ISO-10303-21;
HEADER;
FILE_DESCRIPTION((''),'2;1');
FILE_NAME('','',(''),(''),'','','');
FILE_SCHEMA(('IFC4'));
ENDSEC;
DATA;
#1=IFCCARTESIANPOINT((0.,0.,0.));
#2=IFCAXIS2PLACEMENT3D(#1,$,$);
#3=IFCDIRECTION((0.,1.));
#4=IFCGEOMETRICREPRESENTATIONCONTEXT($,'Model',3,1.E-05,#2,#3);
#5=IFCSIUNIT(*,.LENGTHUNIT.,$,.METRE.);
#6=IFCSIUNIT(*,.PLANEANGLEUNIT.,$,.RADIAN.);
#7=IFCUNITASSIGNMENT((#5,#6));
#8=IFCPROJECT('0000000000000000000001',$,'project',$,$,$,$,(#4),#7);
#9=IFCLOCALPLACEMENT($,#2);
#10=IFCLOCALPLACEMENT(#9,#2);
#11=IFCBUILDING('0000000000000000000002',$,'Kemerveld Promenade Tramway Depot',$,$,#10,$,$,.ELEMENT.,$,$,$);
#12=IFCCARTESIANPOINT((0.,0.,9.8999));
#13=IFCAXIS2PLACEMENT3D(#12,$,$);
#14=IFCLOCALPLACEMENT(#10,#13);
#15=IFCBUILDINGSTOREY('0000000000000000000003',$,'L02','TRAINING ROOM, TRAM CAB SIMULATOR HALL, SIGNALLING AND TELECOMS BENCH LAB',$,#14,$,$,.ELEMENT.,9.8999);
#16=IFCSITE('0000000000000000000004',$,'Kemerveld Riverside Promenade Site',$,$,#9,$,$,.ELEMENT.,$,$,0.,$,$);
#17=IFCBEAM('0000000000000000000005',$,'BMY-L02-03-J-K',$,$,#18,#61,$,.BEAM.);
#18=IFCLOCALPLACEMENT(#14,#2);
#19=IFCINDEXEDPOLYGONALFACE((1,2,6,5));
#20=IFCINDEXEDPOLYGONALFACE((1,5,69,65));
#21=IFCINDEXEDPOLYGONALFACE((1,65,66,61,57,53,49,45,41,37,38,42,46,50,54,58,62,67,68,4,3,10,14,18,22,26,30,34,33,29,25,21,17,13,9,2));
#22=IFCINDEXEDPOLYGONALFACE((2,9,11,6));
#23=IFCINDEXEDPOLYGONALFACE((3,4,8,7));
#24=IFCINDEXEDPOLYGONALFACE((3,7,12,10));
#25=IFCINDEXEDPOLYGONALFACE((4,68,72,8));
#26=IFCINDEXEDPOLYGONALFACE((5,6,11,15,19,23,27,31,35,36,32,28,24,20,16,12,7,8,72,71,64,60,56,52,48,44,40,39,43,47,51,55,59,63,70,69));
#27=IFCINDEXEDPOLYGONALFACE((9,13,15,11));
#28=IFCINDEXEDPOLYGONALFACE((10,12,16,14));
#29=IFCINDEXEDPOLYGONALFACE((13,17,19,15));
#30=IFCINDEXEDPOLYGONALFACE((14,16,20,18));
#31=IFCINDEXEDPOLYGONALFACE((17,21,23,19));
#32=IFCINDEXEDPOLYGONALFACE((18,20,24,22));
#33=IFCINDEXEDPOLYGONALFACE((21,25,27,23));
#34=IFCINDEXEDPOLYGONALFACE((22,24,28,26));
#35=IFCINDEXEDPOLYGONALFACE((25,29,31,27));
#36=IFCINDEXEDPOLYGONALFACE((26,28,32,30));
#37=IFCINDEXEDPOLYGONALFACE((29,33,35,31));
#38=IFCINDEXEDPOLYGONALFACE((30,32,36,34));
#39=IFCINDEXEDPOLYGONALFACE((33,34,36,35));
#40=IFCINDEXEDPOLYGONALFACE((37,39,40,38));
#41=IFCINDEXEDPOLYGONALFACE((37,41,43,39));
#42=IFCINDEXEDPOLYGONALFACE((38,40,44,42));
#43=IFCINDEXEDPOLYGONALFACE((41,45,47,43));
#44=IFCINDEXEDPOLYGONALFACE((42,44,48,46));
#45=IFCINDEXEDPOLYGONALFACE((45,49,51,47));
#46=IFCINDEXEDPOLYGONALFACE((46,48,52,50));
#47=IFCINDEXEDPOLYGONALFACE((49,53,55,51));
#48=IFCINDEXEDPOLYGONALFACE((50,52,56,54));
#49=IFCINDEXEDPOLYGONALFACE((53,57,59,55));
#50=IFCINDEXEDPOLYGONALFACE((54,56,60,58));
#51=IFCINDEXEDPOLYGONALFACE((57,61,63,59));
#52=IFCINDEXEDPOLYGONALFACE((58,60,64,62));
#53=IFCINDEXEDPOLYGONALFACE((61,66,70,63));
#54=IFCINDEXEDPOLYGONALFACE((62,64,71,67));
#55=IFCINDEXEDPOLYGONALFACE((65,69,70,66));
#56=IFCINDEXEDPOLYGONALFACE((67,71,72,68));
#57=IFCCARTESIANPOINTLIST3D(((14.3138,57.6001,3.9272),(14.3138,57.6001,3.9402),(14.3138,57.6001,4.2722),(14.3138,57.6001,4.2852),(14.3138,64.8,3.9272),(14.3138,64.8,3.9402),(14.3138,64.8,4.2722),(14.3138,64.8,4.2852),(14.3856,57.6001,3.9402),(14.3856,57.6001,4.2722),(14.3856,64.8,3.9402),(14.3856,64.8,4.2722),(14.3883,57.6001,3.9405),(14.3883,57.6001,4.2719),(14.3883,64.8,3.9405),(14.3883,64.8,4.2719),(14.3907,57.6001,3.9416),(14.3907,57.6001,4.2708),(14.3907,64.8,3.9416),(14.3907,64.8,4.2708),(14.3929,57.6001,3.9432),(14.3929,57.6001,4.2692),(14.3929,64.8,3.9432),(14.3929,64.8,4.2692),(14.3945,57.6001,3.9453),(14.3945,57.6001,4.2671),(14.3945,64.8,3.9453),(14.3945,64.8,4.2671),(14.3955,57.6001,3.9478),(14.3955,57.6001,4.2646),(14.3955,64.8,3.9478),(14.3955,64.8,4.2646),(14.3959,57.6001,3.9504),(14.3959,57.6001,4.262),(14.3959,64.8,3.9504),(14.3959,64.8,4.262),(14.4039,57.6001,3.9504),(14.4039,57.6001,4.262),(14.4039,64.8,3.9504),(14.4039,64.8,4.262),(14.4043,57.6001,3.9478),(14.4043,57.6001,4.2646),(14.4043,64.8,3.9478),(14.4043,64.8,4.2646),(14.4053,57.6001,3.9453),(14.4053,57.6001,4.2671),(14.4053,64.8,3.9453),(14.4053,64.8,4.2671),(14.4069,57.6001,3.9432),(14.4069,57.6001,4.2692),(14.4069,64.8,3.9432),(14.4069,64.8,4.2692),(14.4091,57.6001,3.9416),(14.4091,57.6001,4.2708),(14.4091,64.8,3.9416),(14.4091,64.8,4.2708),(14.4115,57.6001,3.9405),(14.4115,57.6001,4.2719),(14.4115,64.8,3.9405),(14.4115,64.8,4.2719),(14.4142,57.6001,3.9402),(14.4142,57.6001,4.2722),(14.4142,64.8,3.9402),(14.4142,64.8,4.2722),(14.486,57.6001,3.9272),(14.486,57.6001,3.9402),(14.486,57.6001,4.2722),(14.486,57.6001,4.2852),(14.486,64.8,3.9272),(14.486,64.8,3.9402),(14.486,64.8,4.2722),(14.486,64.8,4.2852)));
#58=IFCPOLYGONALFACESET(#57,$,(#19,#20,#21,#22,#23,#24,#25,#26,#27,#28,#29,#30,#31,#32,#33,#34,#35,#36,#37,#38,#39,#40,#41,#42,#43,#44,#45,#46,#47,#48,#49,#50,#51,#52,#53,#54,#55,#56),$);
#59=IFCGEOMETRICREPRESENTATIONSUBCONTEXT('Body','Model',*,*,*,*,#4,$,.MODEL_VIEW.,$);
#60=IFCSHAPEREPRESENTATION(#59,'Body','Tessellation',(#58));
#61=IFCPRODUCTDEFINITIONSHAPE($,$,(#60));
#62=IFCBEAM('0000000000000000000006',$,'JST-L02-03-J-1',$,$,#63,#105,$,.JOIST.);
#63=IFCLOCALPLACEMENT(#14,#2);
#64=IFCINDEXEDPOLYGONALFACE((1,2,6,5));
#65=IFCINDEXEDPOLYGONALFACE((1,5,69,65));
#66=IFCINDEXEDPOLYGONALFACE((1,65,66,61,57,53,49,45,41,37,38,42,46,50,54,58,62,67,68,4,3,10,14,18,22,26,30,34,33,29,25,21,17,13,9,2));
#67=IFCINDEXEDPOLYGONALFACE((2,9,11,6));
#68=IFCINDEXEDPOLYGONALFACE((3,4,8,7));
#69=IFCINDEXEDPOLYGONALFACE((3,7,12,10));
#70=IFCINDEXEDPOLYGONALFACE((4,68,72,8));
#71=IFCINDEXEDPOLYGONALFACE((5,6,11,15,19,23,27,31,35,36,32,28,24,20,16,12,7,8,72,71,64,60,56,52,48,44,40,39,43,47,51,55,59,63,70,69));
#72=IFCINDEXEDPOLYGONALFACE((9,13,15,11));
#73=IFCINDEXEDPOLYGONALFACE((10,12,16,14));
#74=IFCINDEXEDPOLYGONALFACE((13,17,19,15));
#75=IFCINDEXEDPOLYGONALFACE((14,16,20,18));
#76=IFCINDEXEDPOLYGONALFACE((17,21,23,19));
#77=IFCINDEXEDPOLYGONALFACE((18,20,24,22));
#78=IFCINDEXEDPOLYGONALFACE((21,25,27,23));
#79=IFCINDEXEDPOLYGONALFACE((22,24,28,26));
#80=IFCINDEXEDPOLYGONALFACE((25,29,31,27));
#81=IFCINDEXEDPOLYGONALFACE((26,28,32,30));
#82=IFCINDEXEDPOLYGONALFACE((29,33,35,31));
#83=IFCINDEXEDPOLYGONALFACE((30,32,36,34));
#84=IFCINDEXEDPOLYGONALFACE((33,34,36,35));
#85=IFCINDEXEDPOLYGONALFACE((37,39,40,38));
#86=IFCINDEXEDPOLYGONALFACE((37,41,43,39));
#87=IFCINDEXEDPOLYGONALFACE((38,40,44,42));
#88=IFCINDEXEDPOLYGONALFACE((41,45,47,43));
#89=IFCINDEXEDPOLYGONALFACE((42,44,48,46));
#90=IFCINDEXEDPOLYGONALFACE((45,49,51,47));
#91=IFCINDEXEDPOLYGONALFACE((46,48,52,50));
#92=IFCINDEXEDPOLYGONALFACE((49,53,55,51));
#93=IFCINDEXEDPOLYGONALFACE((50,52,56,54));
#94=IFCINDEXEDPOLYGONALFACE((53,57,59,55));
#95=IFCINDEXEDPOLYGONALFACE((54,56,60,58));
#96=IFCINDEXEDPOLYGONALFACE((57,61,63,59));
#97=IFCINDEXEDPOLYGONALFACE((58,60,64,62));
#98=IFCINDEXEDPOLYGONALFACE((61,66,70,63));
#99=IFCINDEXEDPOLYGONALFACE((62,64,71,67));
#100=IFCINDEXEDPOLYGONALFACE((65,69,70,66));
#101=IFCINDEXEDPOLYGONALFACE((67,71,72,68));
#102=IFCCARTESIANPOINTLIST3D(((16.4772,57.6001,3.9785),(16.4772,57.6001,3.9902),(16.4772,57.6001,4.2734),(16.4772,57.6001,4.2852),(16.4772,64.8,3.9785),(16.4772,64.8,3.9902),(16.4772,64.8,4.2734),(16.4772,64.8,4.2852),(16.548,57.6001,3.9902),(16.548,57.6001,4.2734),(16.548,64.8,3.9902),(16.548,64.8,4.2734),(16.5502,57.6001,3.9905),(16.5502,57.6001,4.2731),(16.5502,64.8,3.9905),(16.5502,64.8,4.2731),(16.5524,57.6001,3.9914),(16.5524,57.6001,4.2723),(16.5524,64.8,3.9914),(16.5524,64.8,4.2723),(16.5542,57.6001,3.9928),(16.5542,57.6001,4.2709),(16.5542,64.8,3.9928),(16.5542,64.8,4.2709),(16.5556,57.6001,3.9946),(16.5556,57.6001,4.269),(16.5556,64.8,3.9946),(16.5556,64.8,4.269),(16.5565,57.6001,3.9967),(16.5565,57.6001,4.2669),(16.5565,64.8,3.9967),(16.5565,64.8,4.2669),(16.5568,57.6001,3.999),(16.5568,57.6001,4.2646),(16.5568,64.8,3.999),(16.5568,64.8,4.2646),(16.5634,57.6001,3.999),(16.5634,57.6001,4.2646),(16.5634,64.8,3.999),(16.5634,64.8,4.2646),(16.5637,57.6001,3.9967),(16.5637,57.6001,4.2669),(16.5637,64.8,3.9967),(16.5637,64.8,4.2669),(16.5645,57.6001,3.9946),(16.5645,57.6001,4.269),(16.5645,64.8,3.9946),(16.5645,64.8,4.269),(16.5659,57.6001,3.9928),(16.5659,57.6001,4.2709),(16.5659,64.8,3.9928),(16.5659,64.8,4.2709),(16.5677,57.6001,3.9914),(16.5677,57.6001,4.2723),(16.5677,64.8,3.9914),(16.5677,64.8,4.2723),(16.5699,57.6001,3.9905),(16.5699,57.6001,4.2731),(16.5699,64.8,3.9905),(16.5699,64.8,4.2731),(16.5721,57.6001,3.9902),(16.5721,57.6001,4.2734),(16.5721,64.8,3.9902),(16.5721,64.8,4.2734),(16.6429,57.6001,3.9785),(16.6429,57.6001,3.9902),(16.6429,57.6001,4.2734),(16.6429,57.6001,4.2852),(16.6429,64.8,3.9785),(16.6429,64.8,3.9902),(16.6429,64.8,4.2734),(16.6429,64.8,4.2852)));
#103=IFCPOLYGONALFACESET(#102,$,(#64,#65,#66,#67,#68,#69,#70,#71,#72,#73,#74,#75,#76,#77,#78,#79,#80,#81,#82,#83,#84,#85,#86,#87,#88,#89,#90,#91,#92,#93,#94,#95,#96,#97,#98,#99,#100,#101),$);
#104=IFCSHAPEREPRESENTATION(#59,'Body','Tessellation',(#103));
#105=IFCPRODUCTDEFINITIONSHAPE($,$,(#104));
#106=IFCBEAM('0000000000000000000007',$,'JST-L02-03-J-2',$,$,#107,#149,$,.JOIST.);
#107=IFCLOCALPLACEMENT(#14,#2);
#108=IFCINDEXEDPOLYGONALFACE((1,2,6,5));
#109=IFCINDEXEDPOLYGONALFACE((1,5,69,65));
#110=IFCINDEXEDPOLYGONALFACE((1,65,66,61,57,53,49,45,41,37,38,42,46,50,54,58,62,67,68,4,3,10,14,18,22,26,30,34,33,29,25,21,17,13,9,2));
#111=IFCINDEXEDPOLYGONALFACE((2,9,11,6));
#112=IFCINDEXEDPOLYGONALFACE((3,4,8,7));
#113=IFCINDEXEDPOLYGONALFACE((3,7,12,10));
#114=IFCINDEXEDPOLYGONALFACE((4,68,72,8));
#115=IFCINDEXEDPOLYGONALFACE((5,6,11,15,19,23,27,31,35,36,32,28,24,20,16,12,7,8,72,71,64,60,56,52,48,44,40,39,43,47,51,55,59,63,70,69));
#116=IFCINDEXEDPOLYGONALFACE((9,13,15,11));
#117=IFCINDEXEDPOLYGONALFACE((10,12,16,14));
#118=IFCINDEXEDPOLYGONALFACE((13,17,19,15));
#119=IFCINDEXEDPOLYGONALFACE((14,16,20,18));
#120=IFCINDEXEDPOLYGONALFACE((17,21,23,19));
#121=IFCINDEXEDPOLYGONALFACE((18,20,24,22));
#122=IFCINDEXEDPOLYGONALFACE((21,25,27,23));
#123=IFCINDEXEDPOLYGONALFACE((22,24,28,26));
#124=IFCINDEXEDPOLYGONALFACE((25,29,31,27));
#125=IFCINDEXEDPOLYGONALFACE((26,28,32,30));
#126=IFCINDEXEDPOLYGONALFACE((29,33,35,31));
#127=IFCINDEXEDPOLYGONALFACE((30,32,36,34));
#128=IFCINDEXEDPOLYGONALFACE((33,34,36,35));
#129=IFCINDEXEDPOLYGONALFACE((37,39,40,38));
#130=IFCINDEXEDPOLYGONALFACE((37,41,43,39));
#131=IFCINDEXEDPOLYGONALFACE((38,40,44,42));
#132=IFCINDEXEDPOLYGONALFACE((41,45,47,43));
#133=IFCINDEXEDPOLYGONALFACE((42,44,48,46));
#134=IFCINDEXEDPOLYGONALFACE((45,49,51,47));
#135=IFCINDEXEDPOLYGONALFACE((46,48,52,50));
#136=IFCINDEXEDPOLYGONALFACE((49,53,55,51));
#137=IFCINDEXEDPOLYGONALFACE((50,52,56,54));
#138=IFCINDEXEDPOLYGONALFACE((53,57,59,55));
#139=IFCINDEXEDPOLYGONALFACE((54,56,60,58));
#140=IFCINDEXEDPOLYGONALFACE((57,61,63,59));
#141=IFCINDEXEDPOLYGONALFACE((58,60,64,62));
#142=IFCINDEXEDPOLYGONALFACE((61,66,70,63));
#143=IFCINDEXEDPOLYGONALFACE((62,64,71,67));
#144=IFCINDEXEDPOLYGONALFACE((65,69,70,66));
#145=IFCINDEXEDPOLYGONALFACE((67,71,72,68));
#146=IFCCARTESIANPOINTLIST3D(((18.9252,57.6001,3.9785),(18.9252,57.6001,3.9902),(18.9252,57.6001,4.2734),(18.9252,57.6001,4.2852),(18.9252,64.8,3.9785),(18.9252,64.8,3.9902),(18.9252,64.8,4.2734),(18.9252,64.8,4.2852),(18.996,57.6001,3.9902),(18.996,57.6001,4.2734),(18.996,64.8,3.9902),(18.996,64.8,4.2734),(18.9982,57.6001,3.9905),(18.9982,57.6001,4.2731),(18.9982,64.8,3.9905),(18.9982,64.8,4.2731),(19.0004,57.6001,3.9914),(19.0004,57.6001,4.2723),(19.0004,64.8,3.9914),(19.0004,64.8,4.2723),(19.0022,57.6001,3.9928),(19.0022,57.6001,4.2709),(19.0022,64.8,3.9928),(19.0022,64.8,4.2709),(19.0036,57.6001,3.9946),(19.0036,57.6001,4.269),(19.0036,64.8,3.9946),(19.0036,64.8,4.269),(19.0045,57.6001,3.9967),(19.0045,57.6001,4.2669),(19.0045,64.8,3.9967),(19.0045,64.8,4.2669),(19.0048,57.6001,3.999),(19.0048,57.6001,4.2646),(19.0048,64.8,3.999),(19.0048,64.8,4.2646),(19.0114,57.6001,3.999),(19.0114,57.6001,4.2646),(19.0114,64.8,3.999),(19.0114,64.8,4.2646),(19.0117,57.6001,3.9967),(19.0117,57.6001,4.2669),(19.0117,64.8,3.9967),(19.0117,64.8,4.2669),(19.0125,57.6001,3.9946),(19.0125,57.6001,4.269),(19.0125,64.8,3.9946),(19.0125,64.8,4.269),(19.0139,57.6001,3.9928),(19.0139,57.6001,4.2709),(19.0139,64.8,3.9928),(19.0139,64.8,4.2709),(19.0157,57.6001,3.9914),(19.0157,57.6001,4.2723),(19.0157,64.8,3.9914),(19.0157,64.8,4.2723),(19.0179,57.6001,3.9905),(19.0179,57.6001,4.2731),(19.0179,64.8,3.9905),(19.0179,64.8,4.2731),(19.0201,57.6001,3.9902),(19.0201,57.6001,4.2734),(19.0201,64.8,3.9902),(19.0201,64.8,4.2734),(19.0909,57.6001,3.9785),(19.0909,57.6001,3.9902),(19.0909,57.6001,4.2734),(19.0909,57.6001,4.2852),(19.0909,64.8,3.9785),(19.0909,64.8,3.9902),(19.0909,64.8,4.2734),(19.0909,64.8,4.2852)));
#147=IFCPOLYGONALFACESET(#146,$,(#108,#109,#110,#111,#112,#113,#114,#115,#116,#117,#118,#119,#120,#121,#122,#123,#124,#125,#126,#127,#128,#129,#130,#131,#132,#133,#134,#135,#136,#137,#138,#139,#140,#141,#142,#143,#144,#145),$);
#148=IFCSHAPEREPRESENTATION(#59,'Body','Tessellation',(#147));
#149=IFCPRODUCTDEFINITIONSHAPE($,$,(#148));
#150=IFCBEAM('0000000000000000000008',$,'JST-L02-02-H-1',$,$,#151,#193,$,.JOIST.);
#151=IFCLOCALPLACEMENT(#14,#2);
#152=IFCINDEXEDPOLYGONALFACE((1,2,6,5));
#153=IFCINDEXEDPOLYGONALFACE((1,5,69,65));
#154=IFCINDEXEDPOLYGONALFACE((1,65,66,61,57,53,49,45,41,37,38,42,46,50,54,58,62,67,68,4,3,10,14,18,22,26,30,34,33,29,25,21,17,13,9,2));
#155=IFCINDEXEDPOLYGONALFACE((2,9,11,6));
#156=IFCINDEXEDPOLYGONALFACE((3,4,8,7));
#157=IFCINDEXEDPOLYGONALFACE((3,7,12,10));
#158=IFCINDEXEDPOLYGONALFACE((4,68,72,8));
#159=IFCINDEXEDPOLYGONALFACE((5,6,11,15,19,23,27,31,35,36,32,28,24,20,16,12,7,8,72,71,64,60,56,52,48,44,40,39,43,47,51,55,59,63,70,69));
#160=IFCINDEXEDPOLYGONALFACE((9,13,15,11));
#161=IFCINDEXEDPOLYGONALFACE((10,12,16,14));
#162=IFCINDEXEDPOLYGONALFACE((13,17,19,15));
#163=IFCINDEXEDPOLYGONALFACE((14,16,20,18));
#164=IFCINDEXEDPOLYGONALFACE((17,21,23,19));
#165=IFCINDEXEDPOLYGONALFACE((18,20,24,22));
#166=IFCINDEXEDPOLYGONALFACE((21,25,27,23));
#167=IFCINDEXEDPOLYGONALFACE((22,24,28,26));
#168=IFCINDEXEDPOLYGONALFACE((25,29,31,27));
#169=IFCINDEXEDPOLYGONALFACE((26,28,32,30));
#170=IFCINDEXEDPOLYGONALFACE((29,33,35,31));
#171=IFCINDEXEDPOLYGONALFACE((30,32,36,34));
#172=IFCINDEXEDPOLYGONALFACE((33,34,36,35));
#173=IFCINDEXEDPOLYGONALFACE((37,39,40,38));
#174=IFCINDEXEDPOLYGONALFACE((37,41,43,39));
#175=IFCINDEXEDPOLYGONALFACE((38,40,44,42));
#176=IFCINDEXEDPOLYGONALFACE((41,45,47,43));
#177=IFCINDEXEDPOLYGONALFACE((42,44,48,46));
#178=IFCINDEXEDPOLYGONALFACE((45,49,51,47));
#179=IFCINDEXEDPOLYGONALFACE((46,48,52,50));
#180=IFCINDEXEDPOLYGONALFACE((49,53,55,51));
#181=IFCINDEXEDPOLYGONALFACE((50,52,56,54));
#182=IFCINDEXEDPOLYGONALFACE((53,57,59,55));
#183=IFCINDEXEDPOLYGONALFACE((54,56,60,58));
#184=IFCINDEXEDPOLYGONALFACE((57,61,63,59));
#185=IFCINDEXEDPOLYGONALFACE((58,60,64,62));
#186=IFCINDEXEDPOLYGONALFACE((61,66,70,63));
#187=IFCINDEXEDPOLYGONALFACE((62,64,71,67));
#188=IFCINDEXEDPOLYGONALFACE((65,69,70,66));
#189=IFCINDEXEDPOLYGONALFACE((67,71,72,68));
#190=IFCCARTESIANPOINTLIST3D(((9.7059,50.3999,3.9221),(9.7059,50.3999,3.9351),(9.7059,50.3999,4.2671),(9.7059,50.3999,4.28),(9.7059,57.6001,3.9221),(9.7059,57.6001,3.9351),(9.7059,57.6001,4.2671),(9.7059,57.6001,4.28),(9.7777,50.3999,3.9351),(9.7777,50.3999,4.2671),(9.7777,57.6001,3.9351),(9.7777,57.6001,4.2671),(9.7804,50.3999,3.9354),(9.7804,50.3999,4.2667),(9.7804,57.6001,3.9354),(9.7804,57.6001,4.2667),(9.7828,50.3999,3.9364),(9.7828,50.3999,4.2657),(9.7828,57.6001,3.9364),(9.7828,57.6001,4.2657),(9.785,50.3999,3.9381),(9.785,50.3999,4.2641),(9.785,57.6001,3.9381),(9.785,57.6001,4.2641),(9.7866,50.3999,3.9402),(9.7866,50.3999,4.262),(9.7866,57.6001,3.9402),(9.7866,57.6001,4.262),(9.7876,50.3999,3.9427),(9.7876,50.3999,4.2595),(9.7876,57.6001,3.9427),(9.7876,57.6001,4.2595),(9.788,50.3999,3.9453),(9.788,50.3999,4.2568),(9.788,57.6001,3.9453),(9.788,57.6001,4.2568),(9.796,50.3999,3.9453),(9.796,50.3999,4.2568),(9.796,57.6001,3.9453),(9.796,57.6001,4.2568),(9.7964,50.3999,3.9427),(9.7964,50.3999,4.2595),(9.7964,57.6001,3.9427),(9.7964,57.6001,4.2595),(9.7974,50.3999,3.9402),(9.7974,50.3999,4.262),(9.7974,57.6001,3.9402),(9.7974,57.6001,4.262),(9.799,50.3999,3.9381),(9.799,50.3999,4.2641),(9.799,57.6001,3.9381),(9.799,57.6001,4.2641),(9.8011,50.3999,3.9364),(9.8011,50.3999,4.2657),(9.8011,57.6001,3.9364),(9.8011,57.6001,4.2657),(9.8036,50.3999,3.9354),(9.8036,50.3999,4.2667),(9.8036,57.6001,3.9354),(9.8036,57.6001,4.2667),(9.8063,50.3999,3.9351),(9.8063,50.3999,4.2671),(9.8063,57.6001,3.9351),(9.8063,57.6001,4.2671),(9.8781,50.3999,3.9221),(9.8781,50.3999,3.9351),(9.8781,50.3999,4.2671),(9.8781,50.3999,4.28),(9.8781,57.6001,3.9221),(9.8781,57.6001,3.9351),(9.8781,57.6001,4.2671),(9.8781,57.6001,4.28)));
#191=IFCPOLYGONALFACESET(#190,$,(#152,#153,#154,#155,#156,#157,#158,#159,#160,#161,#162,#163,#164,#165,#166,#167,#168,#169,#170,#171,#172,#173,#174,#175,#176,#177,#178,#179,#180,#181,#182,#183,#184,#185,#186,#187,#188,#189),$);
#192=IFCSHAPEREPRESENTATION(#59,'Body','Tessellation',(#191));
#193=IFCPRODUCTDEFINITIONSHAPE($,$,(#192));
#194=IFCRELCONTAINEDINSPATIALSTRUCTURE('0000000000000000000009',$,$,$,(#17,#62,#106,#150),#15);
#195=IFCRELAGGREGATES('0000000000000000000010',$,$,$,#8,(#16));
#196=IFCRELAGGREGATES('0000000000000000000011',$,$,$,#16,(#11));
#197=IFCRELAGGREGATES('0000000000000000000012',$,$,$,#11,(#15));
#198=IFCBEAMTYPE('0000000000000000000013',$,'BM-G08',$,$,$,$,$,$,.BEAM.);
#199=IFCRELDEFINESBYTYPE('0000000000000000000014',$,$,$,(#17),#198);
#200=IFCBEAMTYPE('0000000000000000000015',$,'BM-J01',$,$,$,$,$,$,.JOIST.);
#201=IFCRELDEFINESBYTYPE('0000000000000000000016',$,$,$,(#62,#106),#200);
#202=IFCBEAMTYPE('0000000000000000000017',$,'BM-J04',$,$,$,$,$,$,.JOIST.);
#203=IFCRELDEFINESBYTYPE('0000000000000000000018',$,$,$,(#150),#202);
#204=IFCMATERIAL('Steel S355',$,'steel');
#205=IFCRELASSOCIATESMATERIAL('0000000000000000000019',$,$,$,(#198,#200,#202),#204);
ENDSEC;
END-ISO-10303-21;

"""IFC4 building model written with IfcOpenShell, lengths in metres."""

from ifc_helpers import new_model, si_unit, direction, frame, origin, origin_2d, place, context, subcontext, project, spatial, i_section, extrude, material, material_profile, profile_set, type_object, element, save


model = new_model("IFC4")

# Units and contexts
model_context = context("Model", 3, precision=1e-05, world=origin(), true_north=direction((0.0, 1.0)))
body_context = subcontext(model_context, "Body", "Model", "MODEL_VIEW")
ifc_project = project(units=[si_unit("LENGTHUNIT", "METRE"), si_unit("PLANEANGLEUNIT", "RADIAN")], contexts=[model_context])

# Site, building, storey
site_placement = place(None, origin())
site = spatial("IfcSite", under=ifc_project, at=site_placement, Name="Kemerveld Riverside Promenade Site", CompositionType="ELEMENT", RefElevation=0.0)
building_placement = place(site_placement, origin())
building = spatial("IfcBuilding", under=site, at=building_placement, Name="Kemerveld Promenade Tramway Depot", CompositionType="ELEMENT")
storey_placement = place(building_placement, frame((0.0, 0.0, 9.8999)))
storey = spatial("IfcBuildingStorey", under=building, at=storey_placement, Name="L02", Description="TRAINING ROOM, TRAM CAB SIMULATOR HALL, SIGNALLING AND TELECOMS BENCH LAB", CompositionType="ELEMENT", Elevation=9.8999)

# Shared definitions
ifc_material_1 = material(Name="Steel S355", Category="steel")

# Beams
ifc_material_profile_1 = material_profile(ifc_material_1, i_section(OverallWidth=0.1721, OverallDepth=0.3579, WebThickness=0.0081, FlangeThickness=0.0129, FilletRadius=0.0103, at=origin_2d()), Name="356x171x57 UB")
ifc_profile_set_1 = profile_set([ifc_material_profile_1], Name="Steel S355")
beam_type_1 = type_object("IfcBeamType", Name="BM-G08", PredefinedType="BEAM", material=ifc_profile_set_1)
beam_1_placement = place(storey_placement, frame((14.3999, 57.6001, 4.1062), z_axis=(0.0, 1.0, 0.0), x_axis=(-1.0, 0.0, 0.0)))
element("IfcBeam", 1, at=beam_1_placement, inside=storey, type_object=beam_type_1, Name="BMY-L02-03-J-K", PredefinedType="BEAM", context=body_context, shape_type="SweptSolid", body=[
    extrude(i_section(OverallWidth=0.1721, OverallDepth=0.3579, WebThickness=0.0081, FlangeThickness=0.0129, FilletRadius=0.0103, at=origin_2d()), origin(), (0.0, 0.0, 1.0), 7.2),
])
ifc_material_profile_2 = material_profile(ifc_material_1, i_section(OverallWidth=0.1658, OverallDepth=0.3066, WebThickness=0.0066, FlangeThickness=0.0117, FilletRadius=0.0088, at=origin_2d()), Name="305x165x46 UB")
ifc_profile_set_2 = profile_set([ifc_material_profile_2], Name="Steel S355")
beam_type_2 = type_object("IfcBeamType", Name="BM-J01", PredefinedType="JOIST", material=ifc_profile_set_2)
for number, where, z_axis, x_axis, name in (
    (2, (16.5601, 57.6001, 4.1318), (0.0, 1.0, 0.0), (-1.0, 0.0, 0.0), "JST-L02-03-J-1"),
    (3, (19.0081, 57.6001, 4.1318), (0.0, 1.0, 0.0), (-1.0, 0.0, 0.0), "JST-L02-03-J-2"),
):
    element("IfcBeam", number, at=place(storey_placement, frame(where, z_axis=z_axis, x_axis=x_axis)), inside=storey, type_object=beam_type_2, Name=name, PredefinedType="JOIST", context=body_context, shape_type="SweptSolid", body=[
        extrude(i_section(OverallWidth=0.1658, OverallDepth=0.3066, WebThickness=0.0066, FlangeThickness=0.0117, FilletRadius=0.0088, at=origin_2d()), origin(), (0.0, 0.0, 1.0), 7.2),
    ])
ifc_material_profile_3 = material_profile(ifc_material_1, i_section(OverallWidth=0.1721, OverallDepth=0.3579, WebThickness=0.0081, FlangeThickness=0.0129, FilletRadius=0.0103, at=origin_2d()), Name="356x171x57 UB")
ifc_profile_set_3 = profile_set([ifc_material_profile_3], Name="Steel S355")
beam_type_3 = type_object("IfcBeamType", Name="BM-J04", PredefinedType="JOIST", material=ifc_profile_set_3)
for number, where, z_axis, x_axis, name in (
    (4, (9.792, 50.3999, 4.1011), (0.0, 1.0, 0.0), (-1.0, 0.0, 0.0), "JST-L02-02-H-1"),
):
    element("IfcBeam", number, at=place(storey_placement, frame(where, z_axis=z_axis, x_axis=x_axis)), inside=storey, type_object=beam_type_3, Name=name, PredefinedType="JOIST", context=body_context, shape_type="SweptSolid", body=[
        extrude(i_section(OverallWidth=0.1721, OverallDepth=0.3579, WebThickness=0.0081, FlangeThickness=0.0129, FilletRadius=0.0103, at=origin_2d()), origin(), (0.0, 0.0, 1.0), 7.2002),
    ])

save(model, "model.ifc")
